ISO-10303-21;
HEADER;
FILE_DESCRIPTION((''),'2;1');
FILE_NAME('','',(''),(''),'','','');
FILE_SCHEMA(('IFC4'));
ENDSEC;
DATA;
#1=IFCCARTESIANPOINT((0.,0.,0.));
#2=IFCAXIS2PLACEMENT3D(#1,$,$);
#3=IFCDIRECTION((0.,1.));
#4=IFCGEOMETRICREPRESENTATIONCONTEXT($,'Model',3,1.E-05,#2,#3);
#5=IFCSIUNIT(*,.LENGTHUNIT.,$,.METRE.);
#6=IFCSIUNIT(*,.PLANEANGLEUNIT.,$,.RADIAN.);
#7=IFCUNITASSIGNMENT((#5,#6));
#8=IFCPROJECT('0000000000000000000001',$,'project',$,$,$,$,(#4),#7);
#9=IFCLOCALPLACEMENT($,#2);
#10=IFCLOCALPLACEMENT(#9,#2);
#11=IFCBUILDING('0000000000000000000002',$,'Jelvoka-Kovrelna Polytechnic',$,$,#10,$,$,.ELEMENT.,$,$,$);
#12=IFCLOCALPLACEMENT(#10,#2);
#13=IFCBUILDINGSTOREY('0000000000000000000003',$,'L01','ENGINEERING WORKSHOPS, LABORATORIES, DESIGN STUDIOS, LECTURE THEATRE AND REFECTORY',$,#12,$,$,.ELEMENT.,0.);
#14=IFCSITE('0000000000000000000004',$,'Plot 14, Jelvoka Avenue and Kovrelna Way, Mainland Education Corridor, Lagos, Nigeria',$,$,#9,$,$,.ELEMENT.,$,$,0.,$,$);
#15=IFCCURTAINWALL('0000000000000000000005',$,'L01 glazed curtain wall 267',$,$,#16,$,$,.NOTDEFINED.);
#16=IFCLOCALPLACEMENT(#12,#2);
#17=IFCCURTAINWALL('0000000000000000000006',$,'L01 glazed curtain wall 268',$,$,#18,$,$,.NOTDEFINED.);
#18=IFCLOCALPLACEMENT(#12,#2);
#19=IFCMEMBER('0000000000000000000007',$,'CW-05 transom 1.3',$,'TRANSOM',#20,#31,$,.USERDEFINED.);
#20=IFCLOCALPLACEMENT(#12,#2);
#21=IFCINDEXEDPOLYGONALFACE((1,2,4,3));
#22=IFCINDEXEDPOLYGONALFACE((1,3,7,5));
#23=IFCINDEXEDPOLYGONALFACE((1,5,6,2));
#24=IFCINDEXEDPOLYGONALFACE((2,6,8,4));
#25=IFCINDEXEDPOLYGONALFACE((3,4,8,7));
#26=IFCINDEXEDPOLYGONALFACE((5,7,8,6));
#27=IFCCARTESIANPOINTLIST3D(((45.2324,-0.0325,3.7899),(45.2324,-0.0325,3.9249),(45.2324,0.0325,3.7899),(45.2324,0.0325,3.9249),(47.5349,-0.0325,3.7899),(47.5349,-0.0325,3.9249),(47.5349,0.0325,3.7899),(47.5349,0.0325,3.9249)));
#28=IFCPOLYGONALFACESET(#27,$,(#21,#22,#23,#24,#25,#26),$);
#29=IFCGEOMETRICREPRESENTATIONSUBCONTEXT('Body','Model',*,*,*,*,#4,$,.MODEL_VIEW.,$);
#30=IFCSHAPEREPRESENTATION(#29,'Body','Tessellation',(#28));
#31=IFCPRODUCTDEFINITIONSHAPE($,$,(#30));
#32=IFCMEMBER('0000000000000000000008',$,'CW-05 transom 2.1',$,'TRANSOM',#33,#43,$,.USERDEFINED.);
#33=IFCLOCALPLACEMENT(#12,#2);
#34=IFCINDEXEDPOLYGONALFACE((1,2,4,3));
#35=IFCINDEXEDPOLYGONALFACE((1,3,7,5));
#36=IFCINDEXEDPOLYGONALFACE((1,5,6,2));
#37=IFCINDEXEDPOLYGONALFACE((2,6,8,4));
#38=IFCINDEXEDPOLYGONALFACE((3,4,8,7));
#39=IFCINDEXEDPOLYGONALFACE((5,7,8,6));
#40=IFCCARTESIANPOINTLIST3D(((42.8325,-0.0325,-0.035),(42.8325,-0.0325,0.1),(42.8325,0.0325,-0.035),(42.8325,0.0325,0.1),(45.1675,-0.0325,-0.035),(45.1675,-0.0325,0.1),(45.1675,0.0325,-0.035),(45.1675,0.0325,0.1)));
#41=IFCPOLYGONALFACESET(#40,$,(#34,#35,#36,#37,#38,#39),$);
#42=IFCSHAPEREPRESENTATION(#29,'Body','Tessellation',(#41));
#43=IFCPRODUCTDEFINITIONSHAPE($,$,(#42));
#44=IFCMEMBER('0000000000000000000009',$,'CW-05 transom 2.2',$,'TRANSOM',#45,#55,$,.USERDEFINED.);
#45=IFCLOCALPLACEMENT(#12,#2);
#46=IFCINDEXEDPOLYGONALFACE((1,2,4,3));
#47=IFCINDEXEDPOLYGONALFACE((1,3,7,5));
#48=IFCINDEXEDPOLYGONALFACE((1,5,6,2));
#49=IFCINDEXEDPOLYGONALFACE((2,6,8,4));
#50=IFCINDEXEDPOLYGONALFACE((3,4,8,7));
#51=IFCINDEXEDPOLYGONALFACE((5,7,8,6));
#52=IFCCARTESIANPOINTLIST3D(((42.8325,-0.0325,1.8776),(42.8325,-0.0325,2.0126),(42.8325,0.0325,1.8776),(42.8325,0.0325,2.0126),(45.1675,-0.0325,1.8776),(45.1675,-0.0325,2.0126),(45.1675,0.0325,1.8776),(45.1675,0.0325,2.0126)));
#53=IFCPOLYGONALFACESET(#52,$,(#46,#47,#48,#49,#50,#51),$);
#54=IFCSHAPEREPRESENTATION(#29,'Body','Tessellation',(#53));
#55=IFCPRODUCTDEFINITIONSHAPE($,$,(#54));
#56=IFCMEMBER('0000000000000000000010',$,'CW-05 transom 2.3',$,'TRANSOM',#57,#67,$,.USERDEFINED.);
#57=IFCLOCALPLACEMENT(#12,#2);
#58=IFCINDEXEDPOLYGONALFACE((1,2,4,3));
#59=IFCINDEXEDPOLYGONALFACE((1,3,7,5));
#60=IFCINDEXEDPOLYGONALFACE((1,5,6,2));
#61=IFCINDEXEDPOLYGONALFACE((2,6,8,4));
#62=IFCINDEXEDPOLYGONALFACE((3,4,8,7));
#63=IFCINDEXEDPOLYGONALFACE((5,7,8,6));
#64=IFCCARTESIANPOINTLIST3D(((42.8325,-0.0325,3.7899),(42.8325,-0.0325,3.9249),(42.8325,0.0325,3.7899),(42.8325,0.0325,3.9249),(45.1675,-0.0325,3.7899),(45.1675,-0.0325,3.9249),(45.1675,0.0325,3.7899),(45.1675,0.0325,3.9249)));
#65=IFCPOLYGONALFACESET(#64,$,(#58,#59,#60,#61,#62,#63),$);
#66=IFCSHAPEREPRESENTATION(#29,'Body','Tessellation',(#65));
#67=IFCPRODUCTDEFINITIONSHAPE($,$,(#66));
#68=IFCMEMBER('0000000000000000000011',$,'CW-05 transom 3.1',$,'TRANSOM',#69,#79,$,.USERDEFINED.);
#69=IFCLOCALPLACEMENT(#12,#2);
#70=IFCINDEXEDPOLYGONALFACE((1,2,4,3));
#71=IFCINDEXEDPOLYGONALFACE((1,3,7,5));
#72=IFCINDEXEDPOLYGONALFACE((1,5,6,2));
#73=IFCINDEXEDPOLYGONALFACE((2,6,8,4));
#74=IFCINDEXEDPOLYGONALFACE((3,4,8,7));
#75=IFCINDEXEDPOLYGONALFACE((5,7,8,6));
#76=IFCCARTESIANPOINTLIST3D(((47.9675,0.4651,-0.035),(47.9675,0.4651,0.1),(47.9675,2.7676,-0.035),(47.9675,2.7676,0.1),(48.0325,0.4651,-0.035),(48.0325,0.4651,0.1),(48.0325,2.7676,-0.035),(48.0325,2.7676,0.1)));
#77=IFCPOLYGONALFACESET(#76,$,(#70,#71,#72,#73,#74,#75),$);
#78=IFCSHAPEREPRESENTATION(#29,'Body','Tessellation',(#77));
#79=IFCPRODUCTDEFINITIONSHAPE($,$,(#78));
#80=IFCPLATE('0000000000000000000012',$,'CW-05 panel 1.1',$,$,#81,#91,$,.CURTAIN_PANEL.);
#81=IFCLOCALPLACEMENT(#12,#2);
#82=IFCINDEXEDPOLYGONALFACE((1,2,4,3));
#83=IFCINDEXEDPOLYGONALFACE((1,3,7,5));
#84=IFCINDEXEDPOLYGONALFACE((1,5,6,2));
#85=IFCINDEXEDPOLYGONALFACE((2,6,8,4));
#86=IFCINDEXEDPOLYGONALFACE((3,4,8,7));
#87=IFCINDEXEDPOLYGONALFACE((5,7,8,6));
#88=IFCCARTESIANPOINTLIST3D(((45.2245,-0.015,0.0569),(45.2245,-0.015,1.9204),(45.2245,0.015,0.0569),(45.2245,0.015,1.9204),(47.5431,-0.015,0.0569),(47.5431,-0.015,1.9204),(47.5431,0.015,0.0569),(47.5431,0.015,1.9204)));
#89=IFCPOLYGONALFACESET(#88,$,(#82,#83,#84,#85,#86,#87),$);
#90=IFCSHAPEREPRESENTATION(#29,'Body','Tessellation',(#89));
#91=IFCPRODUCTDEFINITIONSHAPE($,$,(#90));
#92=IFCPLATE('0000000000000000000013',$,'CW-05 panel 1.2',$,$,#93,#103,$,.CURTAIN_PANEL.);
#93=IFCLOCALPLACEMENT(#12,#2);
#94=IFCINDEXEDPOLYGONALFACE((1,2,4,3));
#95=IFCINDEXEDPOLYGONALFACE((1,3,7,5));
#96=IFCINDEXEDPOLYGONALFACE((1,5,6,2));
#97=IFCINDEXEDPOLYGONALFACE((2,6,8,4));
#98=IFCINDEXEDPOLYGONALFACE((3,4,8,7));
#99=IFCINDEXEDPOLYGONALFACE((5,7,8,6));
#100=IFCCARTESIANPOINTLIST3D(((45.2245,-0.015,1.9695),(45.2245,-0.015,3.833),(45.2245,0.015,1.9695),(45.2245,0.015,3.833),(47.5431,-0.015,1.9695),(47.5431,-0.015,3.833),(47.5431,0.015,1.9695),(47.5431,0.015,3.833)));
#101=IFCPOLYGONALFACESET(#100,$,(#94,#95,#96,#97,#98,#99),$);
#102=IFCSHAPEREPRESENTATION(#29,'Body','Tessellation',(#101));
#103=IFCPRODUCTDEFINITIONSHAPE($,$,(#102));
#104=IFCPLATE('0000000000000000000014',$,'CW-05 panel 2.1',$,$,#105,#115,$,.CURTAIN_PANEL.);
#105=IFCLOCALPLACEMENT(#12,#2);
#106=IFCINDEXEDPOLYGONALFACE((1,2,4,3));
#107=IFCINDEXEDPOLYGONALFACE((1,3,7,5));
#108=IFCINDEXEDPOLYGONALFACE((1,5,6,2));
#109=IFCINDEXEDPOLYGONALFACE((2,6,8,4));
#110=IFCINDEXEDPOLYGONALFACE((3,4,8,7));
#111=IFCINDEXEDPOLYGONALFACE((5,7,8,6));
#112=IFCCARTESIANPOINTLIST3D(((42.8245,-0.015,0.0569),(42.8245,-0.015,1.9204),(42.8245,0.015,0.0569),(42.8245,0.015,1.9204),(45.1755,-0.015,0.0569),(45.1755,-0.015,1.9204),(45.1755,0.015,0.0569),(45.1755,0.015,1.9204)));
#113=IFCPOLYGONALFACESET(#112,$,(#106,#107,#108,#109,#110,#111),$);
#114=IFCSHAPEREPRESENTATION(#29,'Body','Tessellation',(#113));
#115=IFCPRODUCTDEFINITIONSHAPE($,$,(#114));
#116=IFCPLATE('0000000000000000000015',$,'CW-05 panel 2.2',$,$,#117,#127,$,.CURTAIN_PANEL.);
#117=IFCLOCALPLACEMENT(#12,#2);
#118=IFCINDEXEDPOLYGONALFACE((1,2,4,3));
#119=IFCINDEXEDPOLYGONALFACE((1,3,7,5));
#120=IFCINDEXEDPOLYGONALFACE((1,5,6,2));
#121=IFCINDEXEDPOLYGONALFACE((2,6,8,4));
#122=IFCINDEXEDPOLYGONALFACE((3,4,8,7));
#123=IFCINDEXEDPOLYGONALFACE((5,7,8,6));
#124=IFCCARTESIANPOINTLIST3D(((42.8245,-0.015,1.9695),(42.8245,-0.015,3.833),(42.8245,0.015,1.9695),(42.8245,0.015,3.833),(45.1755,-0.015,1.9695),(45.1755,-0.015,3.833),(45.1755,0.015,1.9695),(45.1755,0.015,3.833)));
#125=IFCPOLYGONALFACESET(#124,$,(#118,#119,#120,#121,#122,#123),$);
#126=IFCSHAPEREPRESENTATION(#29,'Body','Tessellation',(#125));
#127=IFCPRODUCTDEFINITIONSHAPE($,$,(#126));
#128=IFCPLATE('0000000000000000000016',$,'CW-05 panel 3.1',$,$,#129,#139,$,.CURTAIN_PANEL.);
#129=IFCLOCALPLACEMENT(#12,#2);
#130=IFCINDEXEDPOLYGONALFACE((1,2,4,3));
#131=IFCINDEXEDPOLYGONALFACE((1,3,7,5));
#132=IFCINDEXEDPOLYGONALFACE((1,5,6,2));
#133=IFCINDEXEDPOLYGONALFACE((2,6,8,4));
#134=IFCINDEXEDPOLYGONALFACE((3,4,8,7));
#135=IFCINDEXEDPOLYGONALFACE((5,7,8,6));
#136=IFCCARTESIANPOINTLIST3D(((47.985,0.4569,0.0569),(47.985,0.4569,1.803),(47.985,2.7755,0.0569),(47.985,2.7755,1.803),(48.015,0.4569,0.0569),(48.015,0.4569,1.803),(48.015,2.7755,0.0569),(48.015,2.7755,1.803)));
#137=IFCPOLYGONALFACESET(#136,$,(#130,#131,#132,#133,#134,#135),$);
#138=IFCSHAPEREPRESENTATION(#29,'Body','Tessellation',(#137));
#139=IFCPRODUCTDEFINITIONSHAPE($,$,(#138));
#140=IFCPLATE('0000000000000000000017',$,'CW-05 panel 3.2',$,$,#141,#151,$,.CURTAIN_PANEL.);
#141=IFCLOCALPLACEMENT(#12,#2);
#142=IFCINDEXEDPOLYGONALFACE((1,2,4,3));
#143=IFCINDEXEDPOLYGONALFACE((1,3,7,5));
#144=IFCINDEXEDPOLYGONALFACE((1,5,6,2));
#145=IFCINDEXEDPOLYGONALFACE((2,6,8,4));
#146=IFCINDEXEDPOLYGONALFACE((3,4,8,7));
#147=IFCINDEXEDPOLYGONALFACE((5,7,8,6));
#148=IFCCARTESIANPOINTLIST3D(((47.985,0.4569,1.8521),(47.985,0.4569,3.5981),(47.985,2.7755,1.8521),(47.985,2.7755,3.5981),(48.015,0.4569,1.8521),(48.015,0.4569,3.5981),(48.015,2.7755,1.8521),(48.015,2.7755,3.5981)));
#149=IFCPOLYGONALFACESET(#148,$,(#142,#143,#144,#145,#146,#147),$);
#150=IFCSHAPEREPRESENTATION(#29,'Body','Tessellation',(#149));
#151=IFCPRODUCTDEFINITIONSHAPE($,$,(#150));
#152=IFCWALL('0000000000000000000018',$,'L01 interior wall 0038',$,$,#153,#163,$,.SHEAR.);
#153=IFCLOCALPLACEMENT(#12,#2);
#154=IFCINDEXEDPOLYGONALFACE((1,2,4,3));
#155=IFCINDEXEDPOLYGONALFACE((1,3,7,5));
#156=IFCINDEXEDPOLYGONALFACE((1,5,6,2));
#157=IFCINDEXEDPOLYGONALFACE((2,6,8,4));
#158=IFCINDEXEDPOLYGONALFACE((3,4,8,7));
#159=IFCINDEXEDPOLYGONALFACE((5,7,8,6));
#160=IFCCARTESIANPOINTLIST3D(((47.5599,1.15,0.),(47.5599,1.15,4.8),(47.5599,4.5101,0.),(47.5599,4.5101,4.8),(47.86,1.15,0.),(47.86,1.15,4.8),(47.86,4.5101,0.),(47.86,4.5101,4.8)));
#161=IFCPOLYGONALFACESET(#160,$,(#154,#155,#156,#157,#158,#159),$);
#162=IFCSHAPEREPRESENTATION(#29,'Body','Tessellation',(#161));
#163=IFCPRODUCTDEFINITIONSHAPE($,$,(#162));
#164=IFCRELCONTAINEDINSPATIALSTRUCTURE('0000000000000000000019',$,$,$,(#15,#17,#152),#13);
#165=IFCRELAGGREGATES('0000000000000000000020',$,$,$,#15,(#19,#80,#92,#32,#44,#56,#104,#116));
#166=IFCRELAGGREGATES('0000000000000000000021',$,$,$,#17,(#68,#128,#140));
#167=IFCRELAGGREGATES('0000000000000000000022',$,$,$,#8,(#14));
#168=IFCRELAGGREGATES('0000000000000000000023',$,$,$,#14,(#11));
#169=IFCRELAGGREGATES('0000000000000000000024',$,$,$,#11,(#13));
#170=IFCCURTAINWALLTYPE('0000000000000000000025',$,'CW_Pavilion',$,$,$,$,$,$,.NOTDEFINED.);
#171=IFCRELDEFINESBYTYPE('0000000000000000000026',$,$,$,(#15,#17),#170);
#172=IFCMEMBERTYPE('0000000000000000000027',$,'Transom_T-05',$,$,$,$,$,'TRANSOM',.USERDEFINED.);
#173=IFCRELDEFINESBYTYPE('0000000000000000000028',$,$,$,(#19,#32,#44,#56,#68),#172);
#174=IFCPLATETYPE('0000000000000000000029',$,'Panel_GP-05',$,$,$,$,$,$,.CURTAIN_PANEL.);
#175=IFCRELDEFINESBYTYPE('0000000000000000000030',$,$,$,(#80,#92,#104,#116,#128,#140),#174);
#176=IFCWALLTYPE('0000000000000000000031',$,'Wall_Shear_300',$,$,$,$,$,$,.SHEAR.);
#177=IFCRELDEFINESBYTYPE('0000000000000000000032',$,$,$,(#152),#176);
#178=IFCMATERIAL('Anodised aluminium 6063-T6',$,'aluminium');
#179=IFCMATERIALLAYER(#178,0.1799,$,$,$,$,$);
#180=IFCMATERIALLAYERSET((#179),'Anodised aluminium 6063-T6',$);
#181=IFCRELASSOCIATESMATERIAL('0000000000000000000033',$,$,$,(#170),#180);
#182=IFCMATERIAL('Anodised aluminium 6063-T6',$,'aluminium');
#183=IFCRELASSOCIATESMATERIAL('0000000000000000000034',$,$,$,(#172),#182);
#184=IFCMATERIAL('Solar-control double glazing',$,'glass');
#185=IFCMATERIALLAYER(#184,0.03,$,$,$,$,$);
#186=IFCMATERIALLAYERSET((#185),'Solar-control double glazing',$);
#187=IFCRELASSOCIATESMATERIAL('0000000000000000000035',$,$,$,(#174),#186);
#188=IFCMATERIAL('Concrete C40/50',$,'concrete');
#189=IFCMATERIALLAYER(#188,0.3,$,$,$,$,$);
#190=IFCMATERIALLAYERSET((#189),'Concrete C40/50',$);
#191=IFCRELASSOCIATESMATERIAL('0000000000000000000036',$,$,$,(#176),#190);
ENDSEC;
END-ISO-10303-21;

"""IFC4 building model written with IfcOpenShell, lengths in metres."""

from ifc_helpers import new_model, si_unit, direction, frame, frame_2d, origin, origin_2d, place, context, subcontext, project, spatial, rectangle, extrude, material, layer, layer_set, material_profile, profile_set, type_object, element, aggregate, save


model = new_model("IFC4")

# Units and contexts
model_context = context("Model", 3, precision=1e-05, world=origin(), true_north=direction((0.0, 1.0)))
body_context = subcontext(model_context, "Body", "Model", "MODEL_VIEW")
ifc_project = project(units=[si_unit("LENGTHUNIT", "METRE"), si_unit("PLANEANGLEUNIT", "RADIAN")], contexts=[model_context])

# Site, building, storey
site_placement = place(None, origin())
site = spatial("IfcSite", under=ifc_project, at=site_placement, Name="Plot 14, Jelvoka Avenue and Kovrelna Way, Mainland Education Corridor, Lagos, Nigeria", CompositionType="ELEMENT", RefElevation=0.0)
building_placement = place(site_placement, origin())
building = spatial("IfcBuilding", under=site, at=building_placement, Name="Jelvoka-Kovrelna Polytechnic", CompositionType="ELEMENT")
storey_placement = place(building_placement, origin())
storey = spatial("IfcBuildingStorey", under=building, at=storey_placement, Name="L01", Description="ENGINEERING WORKSHOPS, LABORATORIES, DESIGN STUDIOS, LECTURE THEATRE AND REFECTORY", CompositionType="ELEMENT", Elevation=0.0)

# Curtain wall
ifc_material_1 = material(Name="Anodised aluminium 6063-T6", Category="aluminium")
ifc_layer_1 = layer(ifc_material_1, 0.1799)
ifc_layer_set_1 = layer_set([ifc_layer_1], Name="Anodised aluminium 6063-T6")
curtain_wall_type = type_object("IfcCurtainWallType", Name="CW_Pavilion", PredefinedType="NOTDEFINED", material=ifc_layer_set_1)
curtain_wall_1_placement = place(storey_placement, origin())
curtain_wall_1 = element("IfcCurtainWall", 1, at=curtain_wall_1_placement, inside=storey, type_object=curtain_wall_type, Name="L01 glazed curtain wall 267", PredefinedType="NOTDEFINED")

# Curtain wall
curtain_wall_2_placement = place(storey_placement, origin())
curtain_wall_2 = element("IfcCurtainWall", 2, at=curtain_wall_2_placement, inside=storey, type_object=curtain_wall_type, Name="L01 glazed curtain wall 268", PredefinedType="NOTDEFINED")

# Members
ifc_material_2 = material(Name="Anodised aluminium 6063-T6", Category="aluminium")
ifc_material_profile_1 = material_profile(ifc_material_2, rectangle(XDim=0.0649, YDim=0.135, at=origin_2d()), Name="ALU 65x135")
ifc_profile_set_1 = profile_set([ifc_material_profile_1], Name="Anodised aluminium 6063-T6")
member_type_1 = type_object("IfcMemberType", Name="Transom_T-05", ElementType="TRANSOM", PredefinedType="USERDEFINED", material=ifc_profile_set_1)
member_1_placement = place(storey_placement, frame((47.5349, 0.0, 3.8574), z_axis=(-1.0, 0.0, 0.0), x_axis=(0.0, -1.0, 0.0)))
member_1 = element("IfcMember", 3, at=member_1_placement, type_object=member_type_1, Name="CW-05 transom 1.3", ObjectType="TRANSOM", PredefinedType="USERDEFINED", context=body_context, shape_type="SweptSolid", body=[
    extrude(rectangle(XDim=0.0649, YDim=0.135, at=origin_2d()), origin(), (0.0, 0.0, 1.0), 2.3025),
])
member_2_placement = place(storey_placement, frame((45.1675, 0.0, 0.0325), z_axis=(-1.0, 0.0, 0.0), x_axis=(0.0, -1.0, 0.0)))
member_2 = element("IfcMember", 4, at=member_2_placement, type_object=member_type_1, Name="CW-05 transom 2.1", ObjectType="TRANSOM", PredefinedType="USERDEFINED", context=body_context, shape_type="SweptSolid", body=[
    extrude(rectangle(XDim=0.0649, YDim=0.135, at=origin_2d()), origin(), (0.0, 0.0, 1.0), 2.335),
])
member_3_placement = place(storey_placement, frame((45.1675, 0.0, 1.9451), z_axis=(-1.0, 0.0, 0.0), x_axis=(0.0, -1.0, 0.0)))
member_3 = element("IfcMember", 5, at=member_3_placement, type_object=member_type_1, Name="CW-05 transom 2.2", ObjectType="TRANSOM", PredefinedType="USERDEFINED", context=body_context, shape_type="SweptSolid", body=[
    extrude(rectangle(XDim=0.0649, YDim=0.135, at=origin_2d()), origin(), (0.0, 0.0, 1.0), 2.335),
])
member_4_placement = place(storey_placement, frame((45.1675, 0.0, 3.8574), z_axis=(-1.0, 0.0, 0.0), x_axis=(0.0, -1.0, 0.0)))
member_4 = element("IfcMember", 6, at=member_4_placement, type_object=member_type_1, Name="CW-05 transom 2.3", ObjectType="TRANSOM", PredefinedType="USERDEFINED", context=body_context, shape_type="SweptSolid", body=[
    extrude(rectangle(XDim=0.0649, YDim=0.135, at=origin_2d()), origin(), (0.0, 0.0, 1.0), 2.335),
])
member_5_placement = place(storey_placement, frame((48.0, 2.7676, 0.0325), z_axis=(0.0, -1.0, 0.0), x_axis=(1.0, 0.0, 0.0)))
member_5 = element("IfcMember", 7, at=member_5_placement, type_object=member_type_1, Name="CW-05 transom 3.1", ObjectType="TRANSOM", PredefinedType="USERDEFINED", context=body_context, shape_type="SweptSolid", body=[
    extrude(rectangle(XDim=0.0649, YDim=0.135, at=origin_2d()), origin(), (0.0, 0.0, 1.0), 2.3025),
])

# Plates
ifc_material_3 = material(Name="Solar-control double glazing", Category="glass")
ifc_layer_2 = layer(ifc_material_3, 0.03)
ifc_layer_set_2 = layer_set([ifc_layer_2], Name="Solar-control double glazing")
plate_type = type_object("IfcPlateType", Name="Panel_GP-05", PredefinedType="CURTAIN_PANEL", material=ifc_layer_set_2)
plate_1_placement = place(storey_placement, frame((46.3838, 0.0, 0.0569), z_axis=(0.0, 0.0, 1.0), x_axis=(-1.0, 0.0, 0.0)))
plate_1 = element("IfcPlate", 8, at=plate_1_placement, type_object=plate_type, Name="CW-05 panel 1.1", PredefinedType="CURTAIN_PANEL", context=body_context, shape_type="SweptSolid", body=[
    extrude(rectangle(XDim=2.3186, YDim=0.03, at=origin_2d()), origin(), (0.0, 0.0, 1.0), 1.8635),
])
plate_2_placement = place(storey_placement, frame((46.3838, 0.0, 1.9695), z_axis=(0.0, 0.0, 1.0), x_axis=(-1.0, 0.0, 0.0)))
plate_2 = element("IfcPlate", 9, at=plate_2_placement, type_object=plate_type, Name="CW-05 panel 1.2", PredefinedType="CURTAIN_PANEL", context=body_context, shape_type="SweptSolid", body=[
    extrude(rectangle(XDim=2.3186, YDim=0.03, at=origin_2d()), origin(), (0.0, 0.0, 1.0), 1.8635),
])
plate_3_placement = place(storey_placement, frame((44.0, 0.0, 0.0569), z_axis=(0.0, 0.0, 1.0), x_axis=(-1.0, 0.0, 0.0)))
plate_3 = element("IfcPlate", 10, at=plate_3_placement, type_object=plate_type, Name="CW-05 panel 2.1", PredefinedType="CURTAIN_PANEL", context=body_context, shape_type="SweptSolid", body=[
    extrude(rectangle(XDim=2.3511, YDim=0.03, at=origin_2d()), origin(), (0.0, 0.0, 1.0), 1.8635),
])
plate_4_placement = place(storey_placement, frame((44.0, 0.0, 1.9695), z_axis=(0.0, 0.0, 1.0), x_axis=(-1.0, 0.0, 0.0)))
plate_4 = element("IfcPlate", 11, at=plate_4_placement, type_object=plate_type, Name="CW-05 panel 2.2", PredefinedType="CURTAIN_PANEL", context=body_context, shape_type="SweptSolid", body=[
    extrude(rectangle(XDim=2.3511, YDim=0.03, at=origin_2d()), origin(), (0.0, 0.0, 1.0), 1.8635),
])
aggregate(curtain_wall_1, [member_1, plate_1, plate_2, member_2, member_3, member_4, plate_3, plate_4])
plate_5_placement = place(storey_placement, frame((48.0, 1.6162, 0.0569), z_axis=(0.0, 0.0, 1.0), x_axis=(0.0, -1.0, 0.0)))
plate_5 = element("IfcPlate", 12, at=plate_5_placement, type_object=plate_type, Name="CW-05 panel 3.1", PredefinedType="CURTAIN_PANEL", context=body_context, shape_type="SweptSolid", body=[
    extrude(rectangle(XDim=2.3186, YDim=0.03, at=origin_2d()), origin(), (0.0, 0.0, 1.0), 1.7461),
])
plate_6_placement = place(storey_placement, frame((48.0, 1.6162, 1.8521), z_axis=(0.0, 0.0, 1.0), x_axis=(0.0, -1.0, 0.0)))
plate_6 = element("IfcPlate", 13, at=plate_6_placement, type_object=plate_type, Name="CW-05 panel 3.2", PredefinedType="CURTAIN_PANEL", context=body_context, shape_type="SweptSolid", body=[
    extrude(rectangle(XDim=2.3186, YDim=0.03, at=origin_2d()), origin(), (0.0, 0.0, 1.0), 1.7461),
])
aggregate(curtain_wall_2, [member_5, plate_5, plate_6])

# Wall
ifc_material_4 = material(Name="Concrete C40/50", Category="concrete")
ifc_layer_3 = layer(ifc_material_4, 0.3)
ifc_layer_set_3 = layer_set([ifc_layer_3], Name="Concrete C40/50")
wall_type = type_object("IfcWallType", Name="Wall_Shear_300", PredefinedType="SHEAR", material=ifc_layer_set_3)
wall_placement = place(storey_placement, frame((47.71, 1.1499, 0.0), z_axis=(0.0, 0.0, 1.0), x_axis=(0.0, 1.0, 0.0)))
element("IfcWall", 14, at=wall_placement, inside=storey, type_object=wall_type, Name="L01 interior wall 0038", PredefinedType="SHEAR", context=body_context, shape_type="SweptSolid", body=[
    extrude(rectangle(XDim=3.3601, YDim=0.3, at=frame_2d((1.6802, 0.0))), origin(), (0.0, 0.0, 1.0), 4.8),
])

save(model, "model.ifc")
